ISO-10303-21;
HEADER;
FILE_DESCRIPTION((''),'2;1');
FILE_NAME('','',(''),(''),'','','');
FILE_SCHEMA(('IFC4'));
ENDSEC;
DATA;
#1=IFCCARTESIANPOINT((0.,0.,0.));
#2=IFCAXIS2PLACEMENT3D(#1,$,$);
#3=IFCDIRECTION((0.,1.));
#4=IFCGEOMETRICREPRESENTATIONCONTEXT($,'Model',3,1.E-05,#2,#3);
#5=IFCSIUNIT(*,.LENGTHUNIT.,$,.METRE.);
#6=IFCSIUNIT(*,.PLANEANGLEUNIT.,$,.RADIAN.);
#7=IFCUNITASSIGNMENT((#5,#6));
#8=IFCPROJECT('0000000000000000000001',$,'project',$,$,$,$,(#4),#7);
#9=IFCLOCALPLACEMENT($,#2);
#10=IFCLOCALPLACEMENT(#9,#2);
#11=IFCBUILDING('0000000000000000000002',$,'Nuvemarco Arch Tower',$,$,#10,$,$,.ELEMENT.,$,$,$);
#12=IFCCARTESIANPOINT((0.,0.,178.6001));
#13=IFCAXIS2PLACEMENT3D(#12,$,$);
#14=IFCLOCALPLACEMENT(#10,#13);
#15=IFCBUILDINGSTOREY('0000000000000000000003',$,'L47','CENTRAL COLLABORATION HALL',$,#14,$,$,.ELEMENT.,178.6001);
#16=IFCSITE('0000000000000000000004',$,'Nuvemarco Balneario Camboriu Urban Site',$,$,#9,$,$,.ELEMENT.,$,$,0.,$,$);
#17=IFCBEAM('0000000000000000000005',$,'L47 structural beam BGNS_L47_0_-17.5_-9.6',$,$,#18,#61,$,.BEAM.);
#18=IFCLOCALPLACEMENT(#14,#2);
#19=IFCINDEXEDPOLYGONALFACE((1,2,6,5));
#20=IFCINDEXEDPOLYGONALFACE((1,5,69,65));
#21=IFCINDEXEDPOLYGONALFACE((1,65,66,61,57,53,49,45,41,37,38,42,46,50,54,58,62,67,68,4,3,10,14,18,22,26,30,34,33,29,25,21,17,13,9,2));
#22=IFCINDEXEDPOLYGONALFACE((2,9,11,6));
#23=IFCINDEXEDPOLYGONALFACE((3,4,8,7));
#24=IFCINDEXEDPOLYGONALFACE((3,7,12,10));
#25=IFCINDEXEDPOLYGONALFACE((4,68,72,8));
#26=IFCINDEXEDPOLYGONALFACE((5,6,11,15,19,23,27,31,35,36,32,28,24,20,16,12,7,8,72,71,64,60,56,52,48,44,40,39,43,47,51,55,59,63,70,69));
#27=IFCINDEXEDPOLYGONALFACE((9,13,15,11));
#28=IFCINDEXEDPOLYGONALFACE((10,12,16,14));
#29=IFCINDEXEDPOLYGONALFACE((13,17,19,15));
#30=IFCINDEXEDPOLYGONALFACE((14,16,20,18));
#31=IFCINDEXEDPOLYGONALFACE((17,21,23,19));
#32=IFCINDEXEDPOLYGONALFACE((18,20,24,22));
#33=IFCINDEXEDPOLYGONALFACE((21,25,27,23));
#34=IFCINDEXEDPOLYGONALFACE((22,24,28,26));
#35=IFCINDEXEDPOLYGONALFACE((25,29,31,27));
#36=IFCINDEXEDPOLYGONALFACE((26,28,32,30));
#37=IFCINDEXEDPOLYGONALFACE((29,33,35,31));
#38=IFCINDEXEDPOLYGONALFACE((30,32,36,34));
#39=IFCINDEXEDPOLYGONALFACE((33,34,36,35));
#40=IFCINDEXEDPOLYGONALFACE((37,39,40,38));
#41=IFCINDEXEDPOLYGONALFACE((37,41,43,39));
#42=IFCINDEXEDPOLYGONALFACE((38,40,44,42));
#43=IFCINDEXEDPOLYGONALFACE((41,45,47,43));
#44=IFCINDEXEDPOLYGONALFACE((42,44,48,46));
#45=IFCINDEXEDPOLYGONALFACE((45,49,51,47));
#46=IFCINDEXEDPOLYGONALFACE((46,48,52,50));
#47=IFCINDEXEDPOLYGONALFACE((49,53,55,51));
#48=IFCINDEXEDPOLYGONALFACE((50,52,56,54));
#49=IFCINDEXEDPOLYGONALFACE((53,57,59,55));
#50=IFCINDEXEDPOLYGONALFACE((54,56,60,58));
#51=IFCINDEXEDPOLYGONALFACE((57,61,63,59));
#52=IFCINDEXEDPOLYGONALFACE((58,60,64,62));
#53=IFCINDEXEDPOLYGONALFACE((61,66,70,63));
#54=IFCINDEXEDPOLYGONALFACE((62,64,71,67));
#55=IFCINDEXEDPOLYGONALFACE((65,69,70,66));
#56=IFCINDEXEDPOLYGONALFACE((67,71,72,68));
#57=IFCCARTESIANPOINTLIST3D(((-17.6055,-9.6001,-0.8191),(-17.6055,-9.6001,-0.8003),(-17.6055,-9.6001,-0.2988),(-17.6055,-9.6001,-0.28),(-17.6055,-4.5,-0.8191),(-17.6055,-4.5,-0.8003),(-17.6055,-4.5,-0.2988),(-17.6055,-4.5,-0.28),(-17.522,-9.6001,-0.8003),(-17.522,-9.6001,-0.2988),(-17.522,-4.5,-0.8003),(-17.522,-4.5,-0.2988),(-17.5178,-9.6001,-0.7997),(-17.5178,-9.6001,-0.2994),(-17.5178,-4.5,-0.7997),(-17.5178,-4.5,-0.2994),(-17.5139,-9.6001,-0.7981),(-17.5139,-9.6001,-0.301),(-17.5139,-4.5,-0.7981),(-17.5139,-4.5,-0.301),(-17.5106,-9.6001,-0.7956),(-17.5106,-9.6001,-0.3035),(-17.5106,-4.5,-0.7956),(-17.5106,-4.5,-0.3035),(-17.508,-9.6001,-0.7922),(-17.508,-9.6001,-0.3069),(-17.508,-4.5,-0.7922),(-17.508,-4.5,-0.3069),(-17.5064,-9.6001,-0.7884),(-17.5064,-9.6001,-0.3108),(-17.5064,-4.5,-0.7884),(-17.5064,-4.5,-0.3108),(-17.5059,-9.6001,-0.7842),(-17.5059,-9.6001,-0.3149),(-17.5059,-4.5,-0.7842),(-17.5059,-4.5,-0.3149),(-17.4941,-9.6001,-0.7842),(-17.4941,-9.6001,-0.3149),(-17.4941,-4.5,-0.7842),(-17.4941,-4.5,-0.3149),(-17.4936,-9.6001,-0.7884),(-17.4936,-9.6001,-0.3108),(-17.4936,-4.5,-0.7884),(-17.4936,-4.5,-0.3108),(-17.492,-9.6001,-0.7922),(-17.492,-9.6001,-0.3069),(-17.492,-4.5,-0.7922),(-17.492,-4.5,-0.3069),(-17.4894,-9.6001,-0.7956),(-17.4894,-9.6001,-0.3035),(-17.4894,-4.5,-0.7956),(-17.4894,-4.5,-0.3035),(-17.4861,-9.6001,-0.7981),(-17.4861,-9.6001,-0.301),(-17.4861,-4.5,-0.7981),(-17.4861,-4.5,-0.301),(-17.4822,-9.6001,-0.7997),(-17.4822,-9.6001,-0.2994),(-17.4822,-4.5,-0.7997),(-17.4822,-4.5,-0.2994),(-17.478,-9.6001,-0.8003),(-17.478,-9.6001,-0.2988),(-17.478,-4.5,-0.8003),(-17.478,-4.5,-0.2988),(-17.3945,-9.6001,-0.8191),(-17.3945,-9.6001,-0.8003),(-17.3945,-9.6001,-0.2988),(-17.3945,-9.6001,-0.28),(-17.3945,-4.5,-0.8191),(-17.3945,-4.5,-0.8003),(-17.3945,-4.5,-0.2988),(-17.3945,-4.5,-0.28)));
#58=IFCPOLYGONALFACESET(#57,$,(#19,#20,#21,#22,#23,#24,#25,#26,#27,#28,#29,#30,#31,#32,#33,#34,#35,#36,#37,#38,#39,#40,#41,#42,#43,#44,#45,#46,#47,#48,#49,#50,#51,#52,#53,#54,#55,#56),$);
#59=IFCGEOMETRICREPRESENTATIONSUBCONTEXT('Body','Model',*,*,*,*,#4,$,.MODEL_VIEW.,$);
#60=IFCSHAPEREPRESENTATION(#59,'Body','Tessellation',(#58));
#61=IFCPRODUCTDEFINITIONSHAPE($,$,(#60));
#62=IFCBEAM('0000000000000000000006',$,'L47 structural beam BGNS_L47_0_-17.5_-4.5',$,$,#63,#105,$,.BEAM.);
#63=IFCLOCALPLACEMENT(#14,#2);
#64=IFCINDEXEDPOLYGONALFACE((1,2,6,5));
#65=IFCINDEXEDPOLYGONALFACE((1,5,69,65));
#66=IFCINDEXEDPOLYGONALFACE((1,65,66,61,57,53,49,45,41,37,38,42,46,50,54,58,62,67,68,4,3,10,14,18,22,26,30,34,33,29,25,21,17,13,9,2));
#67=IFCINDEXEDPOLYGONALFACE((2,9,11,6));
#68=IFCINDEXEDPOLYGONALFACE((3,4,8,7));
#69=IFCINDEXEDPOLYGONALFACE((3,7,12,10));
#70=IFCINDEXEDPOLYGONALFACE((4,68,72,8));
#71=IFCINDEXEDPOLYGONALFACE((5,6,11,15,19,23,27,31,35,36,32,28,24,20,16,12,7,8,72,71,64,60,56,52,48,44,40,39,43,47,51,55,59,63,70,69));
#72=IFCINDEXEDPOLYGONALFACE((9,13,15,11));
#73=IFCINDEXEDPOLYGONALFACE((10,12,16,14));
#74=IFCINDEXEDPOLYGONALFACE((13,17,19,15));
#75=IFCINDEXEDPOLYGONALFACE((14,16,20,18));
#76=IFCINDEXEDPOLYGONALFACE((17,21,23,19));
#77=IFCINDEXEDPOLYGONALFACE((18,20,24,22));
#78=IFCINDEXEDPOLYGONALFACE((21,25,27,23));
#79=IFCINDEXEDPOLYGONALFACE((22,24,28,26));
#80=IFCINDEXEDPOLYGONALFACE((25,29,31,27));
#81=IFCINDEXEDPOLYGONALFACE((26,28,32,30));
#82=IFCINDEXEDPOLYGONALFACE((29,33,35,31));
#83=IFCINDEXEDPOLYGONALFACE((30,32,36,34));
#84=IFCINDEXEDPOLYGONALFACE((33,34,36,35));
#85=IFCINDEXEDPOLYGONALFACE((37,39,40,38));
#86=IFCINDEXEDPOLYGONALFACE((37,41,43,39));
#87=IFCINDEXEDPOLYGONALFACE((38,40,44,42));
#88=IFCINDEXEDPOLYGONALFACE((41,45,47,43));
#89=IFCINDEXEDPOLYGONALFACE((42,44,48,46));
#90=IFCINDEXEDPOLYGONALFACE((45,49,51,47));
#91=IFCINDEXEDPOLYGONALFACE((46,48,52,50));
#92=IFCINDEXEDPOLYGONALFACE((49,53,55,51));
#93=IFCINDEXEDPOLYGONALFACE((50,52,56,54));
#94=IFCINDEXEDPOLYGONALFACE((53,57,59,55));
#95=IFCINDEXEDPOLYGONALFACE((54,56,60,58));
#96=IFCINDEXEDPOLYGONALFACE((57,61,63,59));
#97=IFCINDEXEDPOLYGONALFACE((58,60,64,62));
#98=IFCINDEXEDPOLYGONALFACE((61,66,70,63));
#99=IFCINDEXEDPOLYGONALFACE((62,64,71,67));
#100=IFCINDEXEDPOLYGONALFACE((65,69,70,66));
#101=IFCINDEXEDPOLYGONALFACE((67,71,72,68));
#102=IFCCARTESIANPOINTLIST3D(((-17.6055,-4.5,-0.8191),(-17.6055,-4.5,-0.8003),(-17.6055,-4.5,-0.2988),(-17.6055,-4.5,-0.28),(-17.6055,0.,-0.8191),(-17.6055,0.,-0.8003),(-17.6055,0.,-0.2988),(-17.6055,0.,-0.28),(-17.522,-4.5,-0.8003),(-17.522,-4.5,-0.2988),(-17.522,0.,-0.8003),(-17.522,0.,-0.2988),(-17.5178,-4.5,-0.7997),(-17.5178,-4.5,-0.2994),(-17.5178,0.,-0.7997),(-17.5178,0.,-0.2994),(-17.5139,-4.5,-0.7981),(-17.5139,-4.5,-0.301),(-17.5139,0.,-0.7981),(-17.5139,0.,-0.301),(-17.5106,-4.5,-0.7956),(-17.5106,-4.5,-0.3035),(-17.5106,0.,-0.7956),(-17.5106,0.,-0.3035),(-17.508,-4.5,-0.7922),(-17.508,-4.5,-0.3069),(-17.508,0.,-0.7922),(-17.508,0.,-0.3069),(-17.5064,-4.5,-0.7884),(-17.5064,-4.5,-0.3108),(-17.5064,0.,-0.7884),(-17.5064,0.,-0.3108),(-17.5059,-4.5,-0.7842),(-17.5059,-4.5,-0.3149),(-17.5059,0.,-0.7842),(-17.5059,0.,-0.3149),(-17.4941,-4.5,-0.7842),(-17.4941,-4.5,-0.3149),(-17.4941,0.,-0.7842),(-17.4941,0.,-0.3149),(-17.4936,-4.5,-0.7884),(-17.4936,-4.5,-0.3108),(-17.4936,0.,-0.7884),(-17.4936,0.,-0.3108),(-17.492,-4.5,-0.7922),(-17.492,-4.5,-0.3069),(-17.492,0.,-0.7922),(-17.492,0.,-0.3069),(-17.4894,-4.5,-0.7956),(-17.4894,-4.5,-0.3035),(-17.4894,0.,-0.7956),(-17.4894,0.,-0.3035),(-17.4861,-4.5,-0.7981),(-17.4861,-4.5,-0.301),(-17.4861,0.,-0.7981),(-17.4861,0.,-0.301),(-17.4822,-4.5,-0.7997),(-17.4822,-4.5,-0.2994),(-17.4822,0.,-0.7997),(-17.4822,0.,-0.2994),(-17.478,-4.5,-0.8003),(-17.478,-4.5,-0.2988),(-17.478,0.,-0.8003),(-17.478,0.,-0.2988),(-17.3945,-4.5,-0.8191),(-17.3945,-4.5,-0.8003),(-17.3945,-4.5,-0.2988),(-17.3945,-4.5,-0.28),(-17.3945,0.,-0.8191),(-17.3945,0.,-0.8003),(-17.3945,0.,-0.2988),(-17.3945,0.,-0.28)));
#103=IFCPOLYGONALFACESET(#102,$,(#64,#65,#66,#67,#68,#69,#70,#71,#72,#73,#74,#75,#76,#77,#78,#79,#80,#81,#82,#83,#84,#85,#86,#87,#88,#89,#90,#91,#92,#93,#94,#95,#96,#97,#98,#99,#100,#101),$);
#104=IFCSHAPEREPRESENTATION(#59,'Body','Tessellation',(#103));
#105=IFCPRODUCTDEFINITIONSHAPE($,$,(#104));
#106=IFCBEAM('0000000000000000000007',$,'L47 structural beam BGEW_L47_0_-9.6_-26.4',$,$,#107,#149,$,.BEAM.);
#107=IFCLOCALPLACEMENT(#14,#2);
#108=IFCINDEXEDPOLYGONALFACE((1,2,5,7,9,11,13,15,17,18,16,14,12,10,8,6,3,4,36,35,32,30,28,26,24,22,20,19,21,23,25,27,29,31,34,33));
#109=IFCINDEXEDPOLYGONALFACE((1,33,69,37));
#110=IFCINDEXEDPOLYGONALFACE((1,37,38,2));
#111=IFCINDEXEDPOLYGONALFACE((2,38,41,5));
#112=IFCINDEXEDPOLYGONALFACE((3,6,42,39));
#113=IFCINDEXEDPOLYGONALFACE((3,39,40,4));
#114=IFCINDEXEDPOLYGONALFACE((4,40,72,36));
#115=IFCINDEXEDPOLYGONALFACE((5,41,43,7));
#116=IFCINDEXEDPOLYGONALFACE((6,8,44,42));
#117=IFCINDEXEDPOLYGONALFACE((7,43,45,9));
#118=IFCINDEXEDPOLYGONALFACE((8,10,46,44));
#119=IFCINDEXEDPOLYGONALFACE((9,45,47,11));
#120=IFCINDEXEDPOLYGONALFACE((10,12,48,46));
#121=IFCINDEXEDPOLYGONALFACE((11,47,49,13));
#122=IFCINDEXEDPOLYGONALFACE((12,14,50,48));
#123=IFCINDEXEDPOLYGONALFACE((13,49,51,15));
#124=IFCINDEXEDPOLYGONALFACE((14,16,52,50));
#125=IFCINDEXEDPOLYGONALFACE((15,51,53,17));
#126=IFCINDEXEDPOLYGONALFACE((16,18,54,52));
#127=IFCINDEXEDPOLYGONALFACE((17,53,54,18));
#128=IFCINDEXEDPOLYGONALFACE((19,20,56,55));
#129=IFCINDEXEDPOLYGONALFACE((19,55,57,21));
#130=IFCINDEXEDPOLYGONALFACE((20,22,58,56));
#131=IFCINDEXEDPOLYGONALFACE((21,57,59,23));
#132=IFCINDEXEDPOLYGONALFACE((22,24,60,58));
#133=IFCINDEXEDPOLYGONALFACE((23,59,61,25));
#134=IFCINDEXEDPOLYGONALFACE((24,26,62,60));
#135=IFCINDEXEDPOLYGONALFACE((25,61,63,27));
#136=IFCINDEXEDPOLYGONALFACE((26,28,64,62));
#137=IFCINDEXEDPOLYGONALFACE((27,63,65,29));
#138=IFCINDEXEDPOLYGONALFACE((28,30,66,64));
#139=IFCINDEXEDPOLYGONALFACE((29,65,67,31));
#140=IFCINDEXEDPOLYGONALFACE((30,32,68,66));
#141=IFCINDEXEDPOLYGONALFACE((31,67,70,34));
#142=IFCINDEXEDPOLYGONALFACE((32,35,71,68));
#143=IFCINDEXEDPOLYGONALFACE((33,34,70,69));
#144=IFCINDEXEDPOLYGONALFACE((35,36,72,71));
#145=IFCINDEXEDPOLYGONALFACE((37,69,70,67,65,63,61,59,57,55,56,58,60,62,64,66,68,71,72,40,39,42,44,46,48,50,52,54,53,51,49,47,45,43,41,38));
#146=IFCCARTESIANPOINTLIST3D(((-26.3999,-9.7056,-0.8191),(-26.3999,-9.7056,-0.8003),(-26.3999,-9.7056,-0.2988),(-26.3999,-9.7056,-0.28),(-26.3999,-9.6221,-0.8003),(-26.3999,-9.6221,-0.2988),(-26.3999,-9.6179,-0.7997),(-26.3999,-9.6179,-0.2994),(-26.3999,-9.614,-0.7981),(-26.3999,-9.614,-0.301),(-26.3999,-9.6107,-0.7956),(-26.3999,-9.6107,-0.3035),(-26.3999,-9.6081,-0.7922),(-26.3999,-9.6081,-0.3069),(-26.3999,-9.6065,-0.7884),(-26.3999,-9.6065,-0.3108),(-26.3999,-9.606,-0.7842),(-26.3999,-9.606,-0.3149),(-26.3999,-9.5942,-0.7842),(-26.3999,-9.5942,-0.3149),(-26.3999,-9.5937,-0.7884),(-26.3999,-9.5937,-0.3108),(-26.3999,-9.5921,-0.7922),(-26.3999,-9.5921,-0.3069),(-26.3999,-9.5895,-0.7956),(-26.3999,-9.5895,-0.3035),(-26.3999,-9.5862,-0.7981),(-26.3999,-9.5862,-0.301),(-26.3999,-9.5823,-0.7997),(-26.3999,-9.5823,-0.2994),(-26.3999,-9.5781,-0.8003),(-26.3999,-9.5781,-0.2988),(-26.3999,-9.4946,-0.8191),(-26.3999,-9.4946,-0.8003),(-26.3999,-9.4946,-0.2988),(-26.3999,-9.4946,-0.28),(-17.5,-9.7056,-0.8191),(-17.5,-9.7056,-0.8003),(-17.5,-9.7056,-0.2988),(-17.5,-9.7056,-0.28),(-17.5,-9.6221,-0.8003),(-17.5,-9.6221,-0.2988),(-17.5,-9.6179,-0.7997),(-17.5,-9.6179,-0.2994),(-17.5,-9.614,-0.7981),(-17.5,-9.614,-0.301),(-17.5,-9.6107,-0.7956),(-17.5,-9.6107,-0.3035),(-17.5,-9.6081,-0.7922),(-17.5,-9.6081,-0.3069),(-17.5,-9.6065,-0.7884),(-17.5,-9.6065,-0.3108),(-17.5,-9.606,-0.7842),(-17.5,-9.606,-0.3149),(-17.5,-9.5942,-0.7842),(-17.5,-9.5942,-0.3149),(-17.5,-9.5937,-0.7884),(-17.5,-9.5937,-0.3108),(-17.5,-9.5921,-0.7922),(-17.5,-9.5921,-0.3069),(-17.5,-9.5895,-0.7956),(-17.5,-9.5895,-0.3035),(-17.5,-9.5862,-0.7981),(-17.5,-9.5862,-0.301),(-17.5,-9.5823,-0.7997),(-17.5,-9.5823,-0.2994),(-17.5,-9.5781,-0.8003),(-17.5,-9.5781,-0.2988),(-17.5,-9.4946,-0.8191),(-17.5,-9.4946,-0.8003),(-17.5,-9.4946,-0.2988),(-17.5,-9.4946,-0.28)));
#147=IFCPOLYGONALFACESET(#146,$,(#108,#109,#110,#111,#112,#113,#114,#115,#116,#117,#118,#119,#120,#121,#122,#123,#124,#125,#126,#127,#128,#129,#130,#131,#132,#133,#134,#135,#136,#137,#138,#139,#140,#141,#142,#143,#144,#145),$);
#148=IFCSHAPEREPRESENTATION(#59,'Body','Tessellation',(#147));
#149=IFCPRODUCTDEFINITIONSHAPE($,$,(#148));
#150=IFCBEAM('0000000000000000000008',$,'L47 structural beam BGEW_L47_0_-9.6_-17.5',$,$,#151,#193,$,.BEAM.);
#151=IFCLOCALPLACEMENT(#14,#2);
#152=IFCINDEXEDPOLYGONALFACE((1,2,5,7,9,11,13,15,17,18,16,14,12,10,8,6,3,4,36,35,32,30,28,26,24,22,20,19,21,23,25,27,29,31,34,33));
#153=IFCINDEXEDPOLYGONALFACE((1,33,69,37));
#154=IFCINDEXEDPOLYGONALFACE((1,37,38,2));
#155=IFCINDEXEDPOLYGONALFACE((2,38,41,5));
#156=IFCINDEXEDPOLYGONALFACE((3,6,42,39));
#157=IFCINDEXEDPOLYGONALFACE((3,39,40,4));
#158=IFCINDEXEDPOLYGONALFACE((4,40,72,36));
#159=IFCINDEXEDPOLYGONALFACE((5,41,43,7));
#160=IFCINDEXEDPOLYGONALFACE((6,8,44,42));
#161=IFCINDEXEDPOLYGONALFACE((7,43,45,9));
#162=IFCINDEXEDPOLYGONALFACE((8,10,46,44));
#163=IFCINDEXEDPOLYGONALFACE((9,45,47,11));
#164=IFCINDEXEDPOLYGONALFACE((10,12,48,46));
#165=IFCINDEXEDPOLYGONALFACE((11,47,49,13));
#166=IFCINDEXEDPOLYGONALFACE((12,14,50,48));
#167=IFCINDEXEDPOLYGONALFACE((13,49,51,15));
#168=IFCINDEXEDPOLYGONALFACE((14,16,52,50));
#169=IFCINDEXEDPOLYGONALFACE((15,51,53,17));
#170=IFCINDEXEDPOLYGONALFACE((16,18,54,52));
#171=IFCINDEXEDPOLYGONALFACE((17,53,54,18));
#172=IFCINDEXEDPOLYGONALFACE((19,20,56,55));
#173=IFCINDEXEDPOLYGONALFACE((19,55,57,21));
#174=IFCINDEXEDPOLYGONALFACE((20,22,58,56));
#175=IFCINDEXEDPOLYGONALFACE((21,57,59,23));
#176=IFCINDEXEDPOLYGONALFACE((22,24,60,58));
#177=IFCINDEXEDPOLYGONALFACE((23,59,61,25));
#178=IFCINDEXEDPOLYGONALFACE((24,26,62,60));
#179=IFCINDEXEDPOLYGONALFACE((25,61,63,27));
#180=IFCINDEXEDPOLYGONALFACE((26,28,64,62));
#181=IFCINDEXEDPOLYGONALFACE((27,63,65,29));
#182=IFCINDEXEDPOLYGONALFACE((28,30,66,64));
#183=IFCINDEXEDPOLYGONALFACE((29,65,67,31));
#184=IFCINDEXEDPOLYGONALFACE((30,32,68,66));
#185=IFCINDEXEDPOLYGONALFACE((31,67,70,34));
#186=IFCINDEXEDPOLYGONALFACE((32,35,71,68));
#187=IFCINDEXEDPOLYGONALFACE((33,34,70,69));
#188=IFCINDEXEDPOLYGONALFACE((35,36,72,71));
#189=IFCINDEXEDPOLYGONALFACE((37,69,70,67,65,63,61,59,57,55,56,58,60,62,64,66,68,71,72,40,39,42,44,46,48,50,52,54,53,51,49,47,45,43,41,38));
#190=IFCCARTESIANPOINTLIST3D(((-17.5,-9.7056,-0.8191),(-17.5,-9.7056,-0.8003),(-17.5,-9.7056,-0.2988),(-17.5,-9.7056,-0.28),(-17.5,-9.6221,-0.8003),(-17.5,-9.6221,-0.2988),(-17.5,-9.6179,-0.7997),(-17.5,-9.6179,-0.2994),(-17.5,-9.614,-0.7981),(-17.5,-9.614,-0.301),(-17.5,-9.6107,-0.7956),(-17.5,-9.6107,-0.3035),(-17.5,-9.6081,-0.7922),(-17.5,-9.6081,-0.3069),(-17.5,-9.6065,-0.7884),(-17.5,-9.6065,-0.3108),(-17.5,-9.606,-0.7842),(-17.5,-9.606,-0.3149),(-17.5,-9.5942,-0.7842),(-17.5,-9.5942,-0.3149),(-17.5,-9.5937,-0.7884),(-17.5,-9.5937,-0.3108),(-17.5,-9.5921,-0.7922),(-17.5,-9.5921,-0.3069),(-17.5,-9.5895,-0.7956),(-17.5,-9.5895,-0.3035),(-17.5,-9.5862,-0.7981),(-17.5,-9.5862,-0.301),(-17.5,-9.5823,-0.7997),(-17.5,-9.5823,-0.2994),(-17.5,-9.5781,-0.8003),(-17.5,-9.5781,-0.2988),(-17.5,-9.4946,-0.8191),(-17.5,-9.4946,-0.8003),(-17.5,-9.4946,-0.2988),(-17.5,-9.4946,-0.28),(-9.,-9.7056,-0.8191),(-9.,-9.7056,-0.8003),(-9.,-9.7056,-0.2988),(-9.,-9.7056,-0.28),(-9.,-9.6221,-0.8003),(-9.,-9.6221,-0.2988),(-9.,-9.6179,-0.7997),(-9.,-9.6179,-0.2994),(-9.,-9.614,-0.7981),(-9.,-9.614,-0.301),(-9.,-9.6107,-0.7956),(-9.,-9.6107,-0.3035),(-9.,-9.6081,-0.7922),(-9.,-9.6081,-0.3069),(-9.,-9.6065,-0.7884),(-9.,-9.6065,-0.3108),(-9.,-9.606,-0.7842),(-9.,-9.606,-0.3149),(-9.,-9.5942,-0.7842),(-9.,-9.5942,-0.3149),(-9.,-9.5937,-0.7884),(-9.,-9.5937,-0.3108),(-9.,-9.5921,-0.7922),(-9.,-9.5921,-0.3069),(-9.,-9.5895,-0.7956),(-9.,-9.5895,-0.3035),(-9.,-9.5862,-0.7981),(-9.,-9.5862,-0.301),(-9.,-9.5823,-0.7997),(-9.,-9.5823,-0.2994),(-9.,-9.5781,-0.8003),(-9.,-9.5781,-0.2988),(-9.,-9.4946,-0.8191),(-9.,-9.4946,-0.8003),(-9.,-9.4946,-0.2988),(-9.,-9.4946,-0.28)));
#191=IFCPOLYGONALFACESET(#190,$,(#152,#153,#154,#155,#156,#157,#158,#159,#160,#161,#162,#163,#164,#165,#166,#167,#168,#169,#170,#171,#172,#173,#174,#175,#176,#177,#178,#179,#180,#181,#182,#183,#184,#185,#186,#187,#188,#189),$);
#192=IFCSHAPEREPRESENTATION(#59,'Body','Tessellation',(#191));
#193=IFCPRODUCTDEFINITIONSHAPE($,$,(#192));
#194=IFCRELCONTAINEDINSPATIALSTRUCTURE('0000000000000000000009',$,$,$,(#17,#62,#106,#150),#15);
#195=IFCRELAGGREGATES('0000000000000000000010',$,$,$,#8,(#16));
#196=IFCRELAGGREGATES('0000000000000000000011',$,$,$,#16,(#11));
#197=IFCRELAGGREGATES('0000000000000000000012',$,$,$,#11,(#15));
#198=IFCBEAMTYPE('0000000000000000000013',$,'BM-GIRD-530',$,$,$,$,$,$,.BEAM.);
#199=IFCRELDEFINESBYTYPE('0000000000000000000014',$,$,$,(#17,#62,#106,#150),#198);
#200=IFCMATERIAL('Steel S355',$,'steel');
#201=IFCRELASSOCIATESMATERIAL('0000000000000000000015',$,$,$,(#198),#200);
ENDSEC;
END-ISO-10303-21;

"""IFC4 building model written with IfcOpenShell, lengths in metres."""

from ifc_helpers import new_model, si_unit, direction, frame, origin, origin_2d, place, context, subcontext, project, spatial, i_section, extrude, material, material_profile, profile_set, type_object, element, save


model = new_model("IFC4")

# Units and contexts
model_context = context("Model", 3, precision=1e-05, world=origin(), true_north=direction((0.0, 1.0)))
body_context = subcontext(model_context, "Body", "Model", "MODEL_VIEW")
ifc_project = project(units=[si_unit("LENGTHUNIT", "METRE"), si_unit("PLANEANGLEUNIT", "RADIAN")], contexts=[model_context])

# Site, building, storey
site_placement = place(None, origin())
site = spatial("IfcSite", under=ifc_project, at=site_placement, Name="Nuvemarco Balneario Camboriu Urban Site", CompositionType="ELEMENT", RefElevation=0.0)
building_placement = place(site_placement, origin())
building = spatial("IfcBuilding", under=site, at=building_placement, Name="Nuvemarco Arch Tower", CompositionType="ELEMENT")
storey_placement = place(building_placement, frame((0.0, 0.0, 178.6001)))
storey = spatial("IfcBuildingStorey", under=building, at=storey_placement, Name="L47", Description="CENTRAL COLLABORATION HALL", CompositionType="ELEMENT", Elevation=178.6001)

# Shared definitions
ifc_material_1 = material(Name="Steel S355", Category="steel")

# Beams
ifc_material_profile_1 = material_profile(ifc_material_1, i_section(OverallWidth=0.2109, OverallDepth=0.5391, WebThickness=0.0117, FlangeThickness=0.0188, FilletRadius=0.0161, at=origin_2d()), Name="W530x109")
ifc_profile_set_1 = profile_set([ifc_material_profile_1], Name="Steel S355")
beam_type_1 = type_object("IfcBeamType", Name="BM-GIRD-530", PredefinedType="BEAM", material=ifc_profile_set_1)
beam_1_placement = place(storey_placement, frame((-17.5, -9.6001, -0.5496), z_axis=(0.0, 1.0, 0.0), x_axis=(-1.0, 0.0, 0.0)))
element("IfcBeam", 1, at=beam_1_placement, inside=storey, type_object=beam_type_1, Name="L47 structural beam BGNS_L47_0_-17.5_-9.6", PredefinedType="BEAM", context=body_context, shape_type="SweptSolid", body=[
    extrude(i_section(OverallWidth=0.2109, OverallDepth=0.5391, WebThickness=0.0117, FlangeThickness=0.0188, FilletRadius=0.0161, at=origin_2d()), origin(), (0.0, 0.0, 1.0), 5.1001),
])
beam_2_placement = place(storey_placement, frame((-17.5, -4.5, -0.5496), z_axis=(0.0, 1.0, 0.0), x_axis=(-1.0, 0.0, 0.0)))
element("IfcBeam", 2, at=beam_2_placement, inside=storey, type_object=beam_type_1, Name="L47 structural beam BGNS_L47_0_-17.5_-4.5", PredefinedType="BEAM", context=body_context, shape_type="SweptSolid", body=[
    extrude(i_section(OverallWidth=0.2109, OverallDepth=0.5391, WebThickness=0.0117, FlangeThickness=0.0188, FilletRadius=0.0161, at=origin_2d()), origin(), (0.0, 0.0, 1.0), 4.5),
])
beam_3_placement = place(storey_placement, frame((-26.3999, -9.6001, -0.5496), z_axis=(1.0, 0.0, 0.0), x_axis=(0.0, 1.0, 0.0)))
element("IfcBeam", 3, at=beam_3_placement, inside=storey, type_object=beam_type_1, Name="L47 structural beam BGEW_L47_0_-9.6_-26.4", PredefinedType="BEAM", context=body_context, shape_type="SweptSolid", body=[
    extrude(i_section(OverallWidth=0.2109, OverallDepth=0.5391, WebThickness=0.0117, FlangeThickness=0.0188, FilletRadius=0.0161, at=origin_2d()), origin(), (0.0, 0.0, 1.0), 8.8999),
])
beam_4_placement = place(storey_placement, frame((-17.5, -9.6001, -0.5496), z_axis=(1.0, 0.0, 0.0), x_axis=(0.0, 1.0, 0.0)))
element("IfcBeam", 4, at=beam_4_placement, inside=storey, type_object=beam_type_1, Name="L47 structural beam BGEW_L47_0_-9.6_-17.5", PredefinedType="BEAM", context=body_context, shape_type="SweptSolid", body=[
    extrude(i_section(OverallWidth=0.2109, OverallDepth=0.5391, WebThickness=0.0117, FlangeThickness=0.0188, FilletRadius=0.0161, at=origin_2d()), origin(), (0.0, 0.0, 1.0), 8.5),
])

save(model, "model.ifc")
